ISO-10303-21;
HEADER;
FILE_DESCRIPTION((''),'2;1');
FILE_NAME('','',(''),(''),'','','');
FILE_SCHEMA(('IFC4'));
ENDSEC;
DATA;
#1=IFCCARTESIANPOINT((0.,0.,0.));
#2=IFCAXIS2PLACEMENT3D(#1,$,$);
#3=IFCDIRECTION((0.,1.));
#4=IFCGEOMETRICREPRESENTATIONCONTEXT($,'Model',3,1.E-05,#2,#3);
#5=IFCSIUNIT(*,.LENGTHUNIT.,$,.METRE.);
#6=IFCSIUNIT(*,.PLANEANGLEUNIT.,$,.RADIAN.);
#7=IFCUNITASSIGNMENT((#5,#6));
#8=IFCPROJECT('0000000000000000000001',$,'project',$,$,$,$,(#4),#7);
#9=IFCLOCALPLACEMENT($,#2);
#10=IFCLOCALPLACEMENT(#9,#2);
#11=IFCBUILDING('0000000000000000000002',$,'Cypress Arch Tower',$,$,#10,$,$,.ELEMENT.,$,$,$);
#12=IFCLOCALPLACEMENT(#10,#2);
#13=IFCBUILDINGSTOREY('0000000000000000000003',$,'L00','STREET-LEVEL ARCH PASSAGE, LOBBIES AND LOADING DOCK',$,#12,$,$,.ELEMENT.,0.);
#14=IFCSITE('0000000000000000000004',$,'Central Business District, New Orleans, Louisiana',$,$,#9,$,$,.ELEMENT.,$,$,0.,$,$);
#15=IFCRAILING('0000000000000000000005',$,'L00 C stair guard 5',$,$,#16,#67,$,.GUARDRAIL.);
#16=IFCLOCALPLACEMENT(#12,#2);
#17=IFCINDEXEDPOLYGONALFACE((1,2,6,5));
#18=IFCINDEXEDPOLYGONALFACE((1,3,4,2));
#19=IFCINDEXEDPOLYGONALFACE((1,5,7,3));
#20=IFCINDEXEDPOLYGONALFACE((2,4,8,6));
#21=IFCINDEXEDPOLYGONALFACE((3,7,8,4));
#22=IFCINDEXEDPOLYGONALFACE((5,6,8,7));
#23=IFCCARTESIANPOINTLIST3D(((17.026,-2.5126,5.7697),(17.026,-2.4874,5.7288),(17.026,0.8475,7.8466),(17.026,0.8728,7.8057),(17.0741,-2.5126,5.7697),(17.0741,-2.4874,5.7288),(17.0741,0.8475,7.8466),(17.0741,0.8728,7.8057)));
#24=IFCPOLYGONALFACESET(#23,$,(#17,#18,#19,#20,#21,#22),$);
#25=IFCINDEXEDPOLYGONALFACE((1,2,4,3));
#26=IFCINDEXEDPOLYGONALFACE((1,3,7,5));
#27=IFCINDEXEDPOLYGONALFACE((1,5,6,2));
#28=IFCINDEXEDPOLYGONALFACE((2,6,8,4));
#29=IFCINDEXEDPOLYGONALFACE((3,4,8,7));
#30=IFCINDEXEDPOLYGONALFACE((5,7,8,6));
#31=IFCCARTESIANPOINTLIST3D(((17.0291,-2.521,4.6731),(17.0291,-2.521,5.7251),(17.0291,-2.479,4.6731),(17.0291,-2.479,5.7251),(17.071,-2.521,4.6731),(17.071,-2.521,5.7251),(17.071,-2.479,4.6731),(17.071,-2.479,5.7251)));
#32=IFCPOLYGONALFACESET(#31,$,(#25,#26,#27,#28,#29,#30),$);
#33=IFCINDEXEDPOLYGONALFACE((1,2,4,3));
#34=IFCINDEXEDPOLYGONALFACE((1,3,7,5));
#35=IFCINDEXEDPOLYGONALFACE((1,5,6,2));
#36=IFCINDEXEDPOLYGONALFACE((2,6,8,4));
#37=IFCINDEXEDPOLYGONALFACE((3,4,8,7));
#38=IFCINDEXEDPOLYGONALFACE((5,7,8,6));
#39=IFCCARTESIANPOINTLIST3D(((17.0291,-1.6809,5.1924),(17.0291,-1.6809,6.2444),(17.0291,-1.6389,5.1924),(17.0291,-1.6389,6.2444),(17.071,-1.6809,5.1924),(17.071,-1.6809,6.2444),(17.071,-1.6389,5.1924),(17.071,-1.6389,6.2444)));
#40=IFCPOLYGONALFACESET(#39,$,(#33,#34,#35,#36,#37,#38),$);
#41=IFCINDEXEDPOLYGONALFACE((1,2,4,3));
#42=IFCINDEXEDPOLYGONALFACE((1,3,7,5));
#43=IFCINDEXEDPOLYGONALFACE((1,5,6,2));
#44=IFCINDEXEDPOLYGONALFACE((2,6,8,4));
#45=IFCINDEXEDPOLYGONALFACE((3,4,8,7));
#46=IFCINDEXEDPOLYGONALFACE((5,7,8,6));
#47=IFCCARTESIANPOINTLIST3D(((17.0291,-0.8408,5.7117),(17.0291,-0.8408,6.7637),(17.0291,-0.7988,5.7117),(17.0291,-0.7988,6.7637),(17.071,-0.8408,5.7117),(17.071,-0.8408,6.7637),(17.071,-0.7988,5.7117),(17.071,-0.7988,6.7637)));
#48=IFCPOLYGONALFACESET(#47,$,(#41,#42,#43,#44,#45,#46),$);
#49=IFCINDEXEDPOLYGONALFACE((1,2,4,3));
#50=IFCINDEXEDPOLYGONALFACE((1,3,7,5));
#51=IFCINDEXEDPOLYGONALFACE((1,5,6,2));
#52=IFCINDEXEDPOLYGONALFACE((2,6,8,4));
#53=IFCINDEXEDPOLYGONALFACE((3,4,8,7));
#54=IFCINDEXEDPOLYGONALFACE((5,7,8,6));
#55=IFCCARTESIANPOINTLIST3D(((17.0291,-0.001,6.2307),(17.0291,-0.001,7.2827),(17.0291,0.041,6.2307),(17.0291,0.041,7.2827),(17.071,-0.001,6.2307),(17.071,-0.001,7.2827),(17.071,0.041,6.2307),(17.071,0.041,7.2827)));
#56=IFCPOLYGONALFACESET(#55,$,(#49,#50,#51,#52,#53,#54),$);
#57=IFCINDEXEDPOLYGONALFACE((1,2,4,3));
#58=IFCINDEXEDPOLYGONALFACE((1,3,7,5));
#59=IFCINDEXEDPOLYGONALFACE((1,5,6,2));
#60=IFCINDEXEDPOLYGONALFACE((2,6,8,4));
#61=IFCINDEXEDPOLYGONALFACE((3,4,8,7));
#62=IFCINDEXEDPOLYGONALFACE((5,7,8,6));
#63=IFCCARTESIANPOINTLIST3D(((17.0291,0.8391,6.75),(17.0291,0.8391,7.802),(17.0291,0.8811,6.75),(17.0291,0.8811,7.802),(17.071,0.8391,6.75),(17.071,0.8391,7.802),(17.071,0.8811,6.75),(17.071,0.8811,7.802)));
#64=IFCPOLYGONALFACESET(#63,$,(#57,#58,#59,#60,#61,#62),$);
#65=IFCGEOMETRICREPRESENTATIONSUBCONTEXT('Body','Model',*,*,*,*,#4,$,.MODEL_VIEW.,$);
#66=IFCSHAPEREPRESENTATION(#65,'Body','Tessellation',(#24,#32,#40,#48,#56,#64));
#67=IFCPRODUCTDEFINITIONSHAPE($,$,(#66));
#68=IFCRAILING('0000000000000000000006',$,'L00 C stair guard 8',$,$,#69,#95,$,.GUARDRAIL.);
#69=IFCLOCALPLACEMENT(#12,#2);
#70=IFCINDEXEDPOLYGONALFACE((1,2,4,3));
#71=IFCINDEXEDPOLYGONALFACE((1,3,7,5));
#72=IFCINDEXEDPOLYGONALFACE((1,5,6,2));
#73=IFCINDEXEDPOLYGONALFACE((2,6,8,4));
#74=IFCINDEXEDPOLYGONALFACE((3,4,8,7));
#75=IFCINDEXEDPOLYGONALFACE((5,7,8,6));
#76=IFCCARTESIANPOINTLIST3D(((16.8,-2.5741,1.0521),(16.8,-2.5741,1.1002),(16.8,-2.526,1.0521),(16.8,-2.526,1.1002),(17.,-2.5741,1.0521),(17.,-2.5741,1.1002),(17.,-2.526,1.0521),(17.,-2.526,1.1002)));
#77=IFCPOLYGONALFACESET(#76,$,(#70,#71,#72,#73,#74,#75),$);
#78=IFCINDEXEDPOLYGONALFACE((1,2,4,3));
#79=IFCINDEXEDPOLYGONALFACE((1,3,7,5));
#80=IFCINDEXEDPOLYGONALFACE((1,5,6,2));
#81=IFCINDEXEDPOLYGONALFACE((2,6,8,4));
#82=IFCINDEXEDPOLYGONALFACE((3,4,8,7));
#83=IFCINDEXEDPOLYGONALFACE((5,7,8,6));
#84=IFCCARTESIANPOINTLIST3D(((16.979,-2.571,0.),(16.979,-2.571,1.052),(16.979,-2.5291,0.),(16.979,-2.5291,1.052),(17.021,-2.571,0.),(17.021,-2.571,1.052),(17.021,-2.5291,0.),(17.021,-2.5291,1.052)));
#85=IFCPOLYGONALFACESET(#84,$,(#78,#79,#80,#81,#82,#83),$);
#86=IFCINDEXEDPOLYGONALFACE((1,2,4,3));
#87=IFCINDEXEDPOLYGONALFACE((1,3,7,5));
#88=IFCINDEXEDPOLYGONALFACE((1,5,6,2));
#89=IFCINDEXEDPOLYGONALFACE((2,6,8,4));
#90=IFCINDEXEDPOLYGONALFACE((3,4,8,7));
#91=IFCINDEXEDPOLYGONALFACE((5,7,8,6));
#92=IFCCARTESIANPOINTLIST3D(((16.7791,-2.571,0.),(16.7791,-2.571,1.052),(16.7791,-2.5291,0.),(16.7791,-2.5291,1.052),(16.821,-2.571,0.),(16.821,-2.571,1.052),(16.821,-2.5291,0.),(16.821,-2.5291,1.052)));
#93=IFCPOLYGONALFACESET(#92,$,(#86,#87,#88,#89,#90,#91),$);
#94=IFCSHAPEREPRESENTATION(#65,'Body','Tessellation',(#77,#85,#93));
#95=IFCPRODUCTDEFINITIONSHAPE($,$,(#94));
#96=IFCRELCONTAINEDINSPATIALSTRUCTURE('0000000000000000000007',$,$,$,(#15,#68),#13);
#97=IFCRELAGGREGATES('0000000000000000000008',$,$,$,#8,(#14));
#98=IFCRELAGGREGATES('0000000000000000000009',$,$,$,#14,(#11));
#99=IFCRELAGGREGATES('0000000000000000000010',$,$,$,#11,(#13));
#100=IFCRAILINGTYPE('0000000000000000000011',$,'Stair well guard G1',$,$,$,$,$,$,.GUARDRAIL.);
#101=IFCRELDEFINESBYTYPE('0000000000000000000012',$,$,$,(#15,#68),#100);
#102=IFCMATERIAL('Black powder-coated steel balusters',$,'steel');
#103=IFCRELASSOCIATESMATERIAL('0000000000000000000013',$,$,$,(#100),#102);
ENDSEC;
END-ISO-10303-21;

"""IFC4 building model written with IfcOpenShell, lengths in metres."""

from ifc_helpers import new_model, si_unit, direction, frame, origin, origin_2d, place, context, subcontext, project, spatial, rectangle, extrude, material, type_object, element, save


model = new_model("IFC4")

# Units and contexts
model_context = context("Model", 3, precision=1e-05, world=origin(), true_north=direction((0.0, 1.0)))
body_context = subcontext(model_context, "Body", "Model", "MODEL_VIEW")
ifc_project = project(units=[si_unit("LENGTHUNIT", "METRE"), si_unit("PLANEANGLEUNIT", "RADIAN")], contexts=[model_context])

# Site, building, storey
site_placement = place(None, origin())
site = spatial("IfcSite", under=ifc_project, at=site_placement, Name="Central Business District, New Orleans, Louisiana", CompositionType="ELEMENT", RefElevation=0.0)
building_placement = place(site_placement, origin())
building = spatial("IfcBuilding", under=site, at=building_placement, Name="Cypress Arch Tower", CompositionType="ELEMENT")
storey_placement = place(building_placement, origin())
storey = spatial("IfcBuildingStorey", under=building, at=storey_placement, Name="L00", Description="STREET-LEVEL ARCH PASSAGE, LOBBIES AND LOADING DOCK", CompositionType="ELEMENT", Elevation=0.0)

# Railings
ifc_material_1 = material(Name="Black powder-coated steel balusters", Category="steel")
railing_type_1 = type_object("IfcRailingType", Name="Stair well guard G1", PredefinedType="GUARDRAIL", material=ifc_material_1)
railing_1_placement = place(storey_placement, frame((17.05, -2.5, 4.6731)))
element("IfcRailing", 1, at=railing_1_placement, inside=storey, type_object=railing_type_1, Name="L00 C stair guard 5", PredefinedType="GUARDRAIL", context=body_context, shape_type="SweptSolid", body=[
    extrude(rectangle(XDim=0.0481, YDim=0.0481, at=origin_2d()), frame((0.0, 0.0, 1.0762), z_axis=(0.0, 0.850623, 0.525776), x_axis=(-1.0, 0.0, 0.0)), (0.0, 0.0, 1.0), 3.9502),
    extrude(rectangle(XDim=0.042, YDim=0.042, at=origin_2d()), origin(), (0.0, 0.0, 1.0), 1.052),
    extrude(rectangle(XDim=0.042, YDim=0.042, at=origin_2d()), frame((0.0, 0.8401, 0.5193)), (0.0, 0.0, 1.0), 1.052),
    extrude(rectangle(XDim=0.042, YDim=0.042, at=origin_2d()), frame((0.0, 1.6802, 1.0386)), (0.0, 0.0, 1.0), 1.052),
    extrude(rectangle(XDim=0.042, YDim=0.042, at=origin_2d()), frame((0.0, 2.52, 1.5576)), (0.0, 0.0, 1.0), 1.052),
    extrude(rectangle(XDim=0.042, YDim=0.042, at=origin_2d()), frame((0.0, 3.3601, 2.0769)), (0.0, 0.0, 1.0), 1.052),
])
railing_2_placement = place(storey_placement, frame((17.0, -2.55, 0.0)))
element("IfcRailing", 2, at=railing_2_placement, inside=storey, type_object=railing_type_1, Name="L00 C stair guard 8", PredefinedType="GUARDRAIL", context=body_context, shape_type="SweptSolid", body=[
    extrude(rectangle(XDim=0.0481, YDim=0.0481, at=origin_2d()), frame((0.0, 0.0, 1.0762), z_axis=(-1.0, 0.0, 0.0), x_axis=(0.0, -1.0, 0.0)), (0.0, 0.0, 1.0), 0.2),
    extrude(rectangle(XDim=0.042, YDim=0.042, at=origin_2d()), origin(), (0.0, 0.0, 1.0), 1.052),
    extrude(rectangle(XDim=0.042, YDim=0.042, at=origin_2d()), frame((-0.2, 0.0, 0.0)), (0.0, 0.0, 1.0), 1.052),
])

save(model, "model.ifc")
